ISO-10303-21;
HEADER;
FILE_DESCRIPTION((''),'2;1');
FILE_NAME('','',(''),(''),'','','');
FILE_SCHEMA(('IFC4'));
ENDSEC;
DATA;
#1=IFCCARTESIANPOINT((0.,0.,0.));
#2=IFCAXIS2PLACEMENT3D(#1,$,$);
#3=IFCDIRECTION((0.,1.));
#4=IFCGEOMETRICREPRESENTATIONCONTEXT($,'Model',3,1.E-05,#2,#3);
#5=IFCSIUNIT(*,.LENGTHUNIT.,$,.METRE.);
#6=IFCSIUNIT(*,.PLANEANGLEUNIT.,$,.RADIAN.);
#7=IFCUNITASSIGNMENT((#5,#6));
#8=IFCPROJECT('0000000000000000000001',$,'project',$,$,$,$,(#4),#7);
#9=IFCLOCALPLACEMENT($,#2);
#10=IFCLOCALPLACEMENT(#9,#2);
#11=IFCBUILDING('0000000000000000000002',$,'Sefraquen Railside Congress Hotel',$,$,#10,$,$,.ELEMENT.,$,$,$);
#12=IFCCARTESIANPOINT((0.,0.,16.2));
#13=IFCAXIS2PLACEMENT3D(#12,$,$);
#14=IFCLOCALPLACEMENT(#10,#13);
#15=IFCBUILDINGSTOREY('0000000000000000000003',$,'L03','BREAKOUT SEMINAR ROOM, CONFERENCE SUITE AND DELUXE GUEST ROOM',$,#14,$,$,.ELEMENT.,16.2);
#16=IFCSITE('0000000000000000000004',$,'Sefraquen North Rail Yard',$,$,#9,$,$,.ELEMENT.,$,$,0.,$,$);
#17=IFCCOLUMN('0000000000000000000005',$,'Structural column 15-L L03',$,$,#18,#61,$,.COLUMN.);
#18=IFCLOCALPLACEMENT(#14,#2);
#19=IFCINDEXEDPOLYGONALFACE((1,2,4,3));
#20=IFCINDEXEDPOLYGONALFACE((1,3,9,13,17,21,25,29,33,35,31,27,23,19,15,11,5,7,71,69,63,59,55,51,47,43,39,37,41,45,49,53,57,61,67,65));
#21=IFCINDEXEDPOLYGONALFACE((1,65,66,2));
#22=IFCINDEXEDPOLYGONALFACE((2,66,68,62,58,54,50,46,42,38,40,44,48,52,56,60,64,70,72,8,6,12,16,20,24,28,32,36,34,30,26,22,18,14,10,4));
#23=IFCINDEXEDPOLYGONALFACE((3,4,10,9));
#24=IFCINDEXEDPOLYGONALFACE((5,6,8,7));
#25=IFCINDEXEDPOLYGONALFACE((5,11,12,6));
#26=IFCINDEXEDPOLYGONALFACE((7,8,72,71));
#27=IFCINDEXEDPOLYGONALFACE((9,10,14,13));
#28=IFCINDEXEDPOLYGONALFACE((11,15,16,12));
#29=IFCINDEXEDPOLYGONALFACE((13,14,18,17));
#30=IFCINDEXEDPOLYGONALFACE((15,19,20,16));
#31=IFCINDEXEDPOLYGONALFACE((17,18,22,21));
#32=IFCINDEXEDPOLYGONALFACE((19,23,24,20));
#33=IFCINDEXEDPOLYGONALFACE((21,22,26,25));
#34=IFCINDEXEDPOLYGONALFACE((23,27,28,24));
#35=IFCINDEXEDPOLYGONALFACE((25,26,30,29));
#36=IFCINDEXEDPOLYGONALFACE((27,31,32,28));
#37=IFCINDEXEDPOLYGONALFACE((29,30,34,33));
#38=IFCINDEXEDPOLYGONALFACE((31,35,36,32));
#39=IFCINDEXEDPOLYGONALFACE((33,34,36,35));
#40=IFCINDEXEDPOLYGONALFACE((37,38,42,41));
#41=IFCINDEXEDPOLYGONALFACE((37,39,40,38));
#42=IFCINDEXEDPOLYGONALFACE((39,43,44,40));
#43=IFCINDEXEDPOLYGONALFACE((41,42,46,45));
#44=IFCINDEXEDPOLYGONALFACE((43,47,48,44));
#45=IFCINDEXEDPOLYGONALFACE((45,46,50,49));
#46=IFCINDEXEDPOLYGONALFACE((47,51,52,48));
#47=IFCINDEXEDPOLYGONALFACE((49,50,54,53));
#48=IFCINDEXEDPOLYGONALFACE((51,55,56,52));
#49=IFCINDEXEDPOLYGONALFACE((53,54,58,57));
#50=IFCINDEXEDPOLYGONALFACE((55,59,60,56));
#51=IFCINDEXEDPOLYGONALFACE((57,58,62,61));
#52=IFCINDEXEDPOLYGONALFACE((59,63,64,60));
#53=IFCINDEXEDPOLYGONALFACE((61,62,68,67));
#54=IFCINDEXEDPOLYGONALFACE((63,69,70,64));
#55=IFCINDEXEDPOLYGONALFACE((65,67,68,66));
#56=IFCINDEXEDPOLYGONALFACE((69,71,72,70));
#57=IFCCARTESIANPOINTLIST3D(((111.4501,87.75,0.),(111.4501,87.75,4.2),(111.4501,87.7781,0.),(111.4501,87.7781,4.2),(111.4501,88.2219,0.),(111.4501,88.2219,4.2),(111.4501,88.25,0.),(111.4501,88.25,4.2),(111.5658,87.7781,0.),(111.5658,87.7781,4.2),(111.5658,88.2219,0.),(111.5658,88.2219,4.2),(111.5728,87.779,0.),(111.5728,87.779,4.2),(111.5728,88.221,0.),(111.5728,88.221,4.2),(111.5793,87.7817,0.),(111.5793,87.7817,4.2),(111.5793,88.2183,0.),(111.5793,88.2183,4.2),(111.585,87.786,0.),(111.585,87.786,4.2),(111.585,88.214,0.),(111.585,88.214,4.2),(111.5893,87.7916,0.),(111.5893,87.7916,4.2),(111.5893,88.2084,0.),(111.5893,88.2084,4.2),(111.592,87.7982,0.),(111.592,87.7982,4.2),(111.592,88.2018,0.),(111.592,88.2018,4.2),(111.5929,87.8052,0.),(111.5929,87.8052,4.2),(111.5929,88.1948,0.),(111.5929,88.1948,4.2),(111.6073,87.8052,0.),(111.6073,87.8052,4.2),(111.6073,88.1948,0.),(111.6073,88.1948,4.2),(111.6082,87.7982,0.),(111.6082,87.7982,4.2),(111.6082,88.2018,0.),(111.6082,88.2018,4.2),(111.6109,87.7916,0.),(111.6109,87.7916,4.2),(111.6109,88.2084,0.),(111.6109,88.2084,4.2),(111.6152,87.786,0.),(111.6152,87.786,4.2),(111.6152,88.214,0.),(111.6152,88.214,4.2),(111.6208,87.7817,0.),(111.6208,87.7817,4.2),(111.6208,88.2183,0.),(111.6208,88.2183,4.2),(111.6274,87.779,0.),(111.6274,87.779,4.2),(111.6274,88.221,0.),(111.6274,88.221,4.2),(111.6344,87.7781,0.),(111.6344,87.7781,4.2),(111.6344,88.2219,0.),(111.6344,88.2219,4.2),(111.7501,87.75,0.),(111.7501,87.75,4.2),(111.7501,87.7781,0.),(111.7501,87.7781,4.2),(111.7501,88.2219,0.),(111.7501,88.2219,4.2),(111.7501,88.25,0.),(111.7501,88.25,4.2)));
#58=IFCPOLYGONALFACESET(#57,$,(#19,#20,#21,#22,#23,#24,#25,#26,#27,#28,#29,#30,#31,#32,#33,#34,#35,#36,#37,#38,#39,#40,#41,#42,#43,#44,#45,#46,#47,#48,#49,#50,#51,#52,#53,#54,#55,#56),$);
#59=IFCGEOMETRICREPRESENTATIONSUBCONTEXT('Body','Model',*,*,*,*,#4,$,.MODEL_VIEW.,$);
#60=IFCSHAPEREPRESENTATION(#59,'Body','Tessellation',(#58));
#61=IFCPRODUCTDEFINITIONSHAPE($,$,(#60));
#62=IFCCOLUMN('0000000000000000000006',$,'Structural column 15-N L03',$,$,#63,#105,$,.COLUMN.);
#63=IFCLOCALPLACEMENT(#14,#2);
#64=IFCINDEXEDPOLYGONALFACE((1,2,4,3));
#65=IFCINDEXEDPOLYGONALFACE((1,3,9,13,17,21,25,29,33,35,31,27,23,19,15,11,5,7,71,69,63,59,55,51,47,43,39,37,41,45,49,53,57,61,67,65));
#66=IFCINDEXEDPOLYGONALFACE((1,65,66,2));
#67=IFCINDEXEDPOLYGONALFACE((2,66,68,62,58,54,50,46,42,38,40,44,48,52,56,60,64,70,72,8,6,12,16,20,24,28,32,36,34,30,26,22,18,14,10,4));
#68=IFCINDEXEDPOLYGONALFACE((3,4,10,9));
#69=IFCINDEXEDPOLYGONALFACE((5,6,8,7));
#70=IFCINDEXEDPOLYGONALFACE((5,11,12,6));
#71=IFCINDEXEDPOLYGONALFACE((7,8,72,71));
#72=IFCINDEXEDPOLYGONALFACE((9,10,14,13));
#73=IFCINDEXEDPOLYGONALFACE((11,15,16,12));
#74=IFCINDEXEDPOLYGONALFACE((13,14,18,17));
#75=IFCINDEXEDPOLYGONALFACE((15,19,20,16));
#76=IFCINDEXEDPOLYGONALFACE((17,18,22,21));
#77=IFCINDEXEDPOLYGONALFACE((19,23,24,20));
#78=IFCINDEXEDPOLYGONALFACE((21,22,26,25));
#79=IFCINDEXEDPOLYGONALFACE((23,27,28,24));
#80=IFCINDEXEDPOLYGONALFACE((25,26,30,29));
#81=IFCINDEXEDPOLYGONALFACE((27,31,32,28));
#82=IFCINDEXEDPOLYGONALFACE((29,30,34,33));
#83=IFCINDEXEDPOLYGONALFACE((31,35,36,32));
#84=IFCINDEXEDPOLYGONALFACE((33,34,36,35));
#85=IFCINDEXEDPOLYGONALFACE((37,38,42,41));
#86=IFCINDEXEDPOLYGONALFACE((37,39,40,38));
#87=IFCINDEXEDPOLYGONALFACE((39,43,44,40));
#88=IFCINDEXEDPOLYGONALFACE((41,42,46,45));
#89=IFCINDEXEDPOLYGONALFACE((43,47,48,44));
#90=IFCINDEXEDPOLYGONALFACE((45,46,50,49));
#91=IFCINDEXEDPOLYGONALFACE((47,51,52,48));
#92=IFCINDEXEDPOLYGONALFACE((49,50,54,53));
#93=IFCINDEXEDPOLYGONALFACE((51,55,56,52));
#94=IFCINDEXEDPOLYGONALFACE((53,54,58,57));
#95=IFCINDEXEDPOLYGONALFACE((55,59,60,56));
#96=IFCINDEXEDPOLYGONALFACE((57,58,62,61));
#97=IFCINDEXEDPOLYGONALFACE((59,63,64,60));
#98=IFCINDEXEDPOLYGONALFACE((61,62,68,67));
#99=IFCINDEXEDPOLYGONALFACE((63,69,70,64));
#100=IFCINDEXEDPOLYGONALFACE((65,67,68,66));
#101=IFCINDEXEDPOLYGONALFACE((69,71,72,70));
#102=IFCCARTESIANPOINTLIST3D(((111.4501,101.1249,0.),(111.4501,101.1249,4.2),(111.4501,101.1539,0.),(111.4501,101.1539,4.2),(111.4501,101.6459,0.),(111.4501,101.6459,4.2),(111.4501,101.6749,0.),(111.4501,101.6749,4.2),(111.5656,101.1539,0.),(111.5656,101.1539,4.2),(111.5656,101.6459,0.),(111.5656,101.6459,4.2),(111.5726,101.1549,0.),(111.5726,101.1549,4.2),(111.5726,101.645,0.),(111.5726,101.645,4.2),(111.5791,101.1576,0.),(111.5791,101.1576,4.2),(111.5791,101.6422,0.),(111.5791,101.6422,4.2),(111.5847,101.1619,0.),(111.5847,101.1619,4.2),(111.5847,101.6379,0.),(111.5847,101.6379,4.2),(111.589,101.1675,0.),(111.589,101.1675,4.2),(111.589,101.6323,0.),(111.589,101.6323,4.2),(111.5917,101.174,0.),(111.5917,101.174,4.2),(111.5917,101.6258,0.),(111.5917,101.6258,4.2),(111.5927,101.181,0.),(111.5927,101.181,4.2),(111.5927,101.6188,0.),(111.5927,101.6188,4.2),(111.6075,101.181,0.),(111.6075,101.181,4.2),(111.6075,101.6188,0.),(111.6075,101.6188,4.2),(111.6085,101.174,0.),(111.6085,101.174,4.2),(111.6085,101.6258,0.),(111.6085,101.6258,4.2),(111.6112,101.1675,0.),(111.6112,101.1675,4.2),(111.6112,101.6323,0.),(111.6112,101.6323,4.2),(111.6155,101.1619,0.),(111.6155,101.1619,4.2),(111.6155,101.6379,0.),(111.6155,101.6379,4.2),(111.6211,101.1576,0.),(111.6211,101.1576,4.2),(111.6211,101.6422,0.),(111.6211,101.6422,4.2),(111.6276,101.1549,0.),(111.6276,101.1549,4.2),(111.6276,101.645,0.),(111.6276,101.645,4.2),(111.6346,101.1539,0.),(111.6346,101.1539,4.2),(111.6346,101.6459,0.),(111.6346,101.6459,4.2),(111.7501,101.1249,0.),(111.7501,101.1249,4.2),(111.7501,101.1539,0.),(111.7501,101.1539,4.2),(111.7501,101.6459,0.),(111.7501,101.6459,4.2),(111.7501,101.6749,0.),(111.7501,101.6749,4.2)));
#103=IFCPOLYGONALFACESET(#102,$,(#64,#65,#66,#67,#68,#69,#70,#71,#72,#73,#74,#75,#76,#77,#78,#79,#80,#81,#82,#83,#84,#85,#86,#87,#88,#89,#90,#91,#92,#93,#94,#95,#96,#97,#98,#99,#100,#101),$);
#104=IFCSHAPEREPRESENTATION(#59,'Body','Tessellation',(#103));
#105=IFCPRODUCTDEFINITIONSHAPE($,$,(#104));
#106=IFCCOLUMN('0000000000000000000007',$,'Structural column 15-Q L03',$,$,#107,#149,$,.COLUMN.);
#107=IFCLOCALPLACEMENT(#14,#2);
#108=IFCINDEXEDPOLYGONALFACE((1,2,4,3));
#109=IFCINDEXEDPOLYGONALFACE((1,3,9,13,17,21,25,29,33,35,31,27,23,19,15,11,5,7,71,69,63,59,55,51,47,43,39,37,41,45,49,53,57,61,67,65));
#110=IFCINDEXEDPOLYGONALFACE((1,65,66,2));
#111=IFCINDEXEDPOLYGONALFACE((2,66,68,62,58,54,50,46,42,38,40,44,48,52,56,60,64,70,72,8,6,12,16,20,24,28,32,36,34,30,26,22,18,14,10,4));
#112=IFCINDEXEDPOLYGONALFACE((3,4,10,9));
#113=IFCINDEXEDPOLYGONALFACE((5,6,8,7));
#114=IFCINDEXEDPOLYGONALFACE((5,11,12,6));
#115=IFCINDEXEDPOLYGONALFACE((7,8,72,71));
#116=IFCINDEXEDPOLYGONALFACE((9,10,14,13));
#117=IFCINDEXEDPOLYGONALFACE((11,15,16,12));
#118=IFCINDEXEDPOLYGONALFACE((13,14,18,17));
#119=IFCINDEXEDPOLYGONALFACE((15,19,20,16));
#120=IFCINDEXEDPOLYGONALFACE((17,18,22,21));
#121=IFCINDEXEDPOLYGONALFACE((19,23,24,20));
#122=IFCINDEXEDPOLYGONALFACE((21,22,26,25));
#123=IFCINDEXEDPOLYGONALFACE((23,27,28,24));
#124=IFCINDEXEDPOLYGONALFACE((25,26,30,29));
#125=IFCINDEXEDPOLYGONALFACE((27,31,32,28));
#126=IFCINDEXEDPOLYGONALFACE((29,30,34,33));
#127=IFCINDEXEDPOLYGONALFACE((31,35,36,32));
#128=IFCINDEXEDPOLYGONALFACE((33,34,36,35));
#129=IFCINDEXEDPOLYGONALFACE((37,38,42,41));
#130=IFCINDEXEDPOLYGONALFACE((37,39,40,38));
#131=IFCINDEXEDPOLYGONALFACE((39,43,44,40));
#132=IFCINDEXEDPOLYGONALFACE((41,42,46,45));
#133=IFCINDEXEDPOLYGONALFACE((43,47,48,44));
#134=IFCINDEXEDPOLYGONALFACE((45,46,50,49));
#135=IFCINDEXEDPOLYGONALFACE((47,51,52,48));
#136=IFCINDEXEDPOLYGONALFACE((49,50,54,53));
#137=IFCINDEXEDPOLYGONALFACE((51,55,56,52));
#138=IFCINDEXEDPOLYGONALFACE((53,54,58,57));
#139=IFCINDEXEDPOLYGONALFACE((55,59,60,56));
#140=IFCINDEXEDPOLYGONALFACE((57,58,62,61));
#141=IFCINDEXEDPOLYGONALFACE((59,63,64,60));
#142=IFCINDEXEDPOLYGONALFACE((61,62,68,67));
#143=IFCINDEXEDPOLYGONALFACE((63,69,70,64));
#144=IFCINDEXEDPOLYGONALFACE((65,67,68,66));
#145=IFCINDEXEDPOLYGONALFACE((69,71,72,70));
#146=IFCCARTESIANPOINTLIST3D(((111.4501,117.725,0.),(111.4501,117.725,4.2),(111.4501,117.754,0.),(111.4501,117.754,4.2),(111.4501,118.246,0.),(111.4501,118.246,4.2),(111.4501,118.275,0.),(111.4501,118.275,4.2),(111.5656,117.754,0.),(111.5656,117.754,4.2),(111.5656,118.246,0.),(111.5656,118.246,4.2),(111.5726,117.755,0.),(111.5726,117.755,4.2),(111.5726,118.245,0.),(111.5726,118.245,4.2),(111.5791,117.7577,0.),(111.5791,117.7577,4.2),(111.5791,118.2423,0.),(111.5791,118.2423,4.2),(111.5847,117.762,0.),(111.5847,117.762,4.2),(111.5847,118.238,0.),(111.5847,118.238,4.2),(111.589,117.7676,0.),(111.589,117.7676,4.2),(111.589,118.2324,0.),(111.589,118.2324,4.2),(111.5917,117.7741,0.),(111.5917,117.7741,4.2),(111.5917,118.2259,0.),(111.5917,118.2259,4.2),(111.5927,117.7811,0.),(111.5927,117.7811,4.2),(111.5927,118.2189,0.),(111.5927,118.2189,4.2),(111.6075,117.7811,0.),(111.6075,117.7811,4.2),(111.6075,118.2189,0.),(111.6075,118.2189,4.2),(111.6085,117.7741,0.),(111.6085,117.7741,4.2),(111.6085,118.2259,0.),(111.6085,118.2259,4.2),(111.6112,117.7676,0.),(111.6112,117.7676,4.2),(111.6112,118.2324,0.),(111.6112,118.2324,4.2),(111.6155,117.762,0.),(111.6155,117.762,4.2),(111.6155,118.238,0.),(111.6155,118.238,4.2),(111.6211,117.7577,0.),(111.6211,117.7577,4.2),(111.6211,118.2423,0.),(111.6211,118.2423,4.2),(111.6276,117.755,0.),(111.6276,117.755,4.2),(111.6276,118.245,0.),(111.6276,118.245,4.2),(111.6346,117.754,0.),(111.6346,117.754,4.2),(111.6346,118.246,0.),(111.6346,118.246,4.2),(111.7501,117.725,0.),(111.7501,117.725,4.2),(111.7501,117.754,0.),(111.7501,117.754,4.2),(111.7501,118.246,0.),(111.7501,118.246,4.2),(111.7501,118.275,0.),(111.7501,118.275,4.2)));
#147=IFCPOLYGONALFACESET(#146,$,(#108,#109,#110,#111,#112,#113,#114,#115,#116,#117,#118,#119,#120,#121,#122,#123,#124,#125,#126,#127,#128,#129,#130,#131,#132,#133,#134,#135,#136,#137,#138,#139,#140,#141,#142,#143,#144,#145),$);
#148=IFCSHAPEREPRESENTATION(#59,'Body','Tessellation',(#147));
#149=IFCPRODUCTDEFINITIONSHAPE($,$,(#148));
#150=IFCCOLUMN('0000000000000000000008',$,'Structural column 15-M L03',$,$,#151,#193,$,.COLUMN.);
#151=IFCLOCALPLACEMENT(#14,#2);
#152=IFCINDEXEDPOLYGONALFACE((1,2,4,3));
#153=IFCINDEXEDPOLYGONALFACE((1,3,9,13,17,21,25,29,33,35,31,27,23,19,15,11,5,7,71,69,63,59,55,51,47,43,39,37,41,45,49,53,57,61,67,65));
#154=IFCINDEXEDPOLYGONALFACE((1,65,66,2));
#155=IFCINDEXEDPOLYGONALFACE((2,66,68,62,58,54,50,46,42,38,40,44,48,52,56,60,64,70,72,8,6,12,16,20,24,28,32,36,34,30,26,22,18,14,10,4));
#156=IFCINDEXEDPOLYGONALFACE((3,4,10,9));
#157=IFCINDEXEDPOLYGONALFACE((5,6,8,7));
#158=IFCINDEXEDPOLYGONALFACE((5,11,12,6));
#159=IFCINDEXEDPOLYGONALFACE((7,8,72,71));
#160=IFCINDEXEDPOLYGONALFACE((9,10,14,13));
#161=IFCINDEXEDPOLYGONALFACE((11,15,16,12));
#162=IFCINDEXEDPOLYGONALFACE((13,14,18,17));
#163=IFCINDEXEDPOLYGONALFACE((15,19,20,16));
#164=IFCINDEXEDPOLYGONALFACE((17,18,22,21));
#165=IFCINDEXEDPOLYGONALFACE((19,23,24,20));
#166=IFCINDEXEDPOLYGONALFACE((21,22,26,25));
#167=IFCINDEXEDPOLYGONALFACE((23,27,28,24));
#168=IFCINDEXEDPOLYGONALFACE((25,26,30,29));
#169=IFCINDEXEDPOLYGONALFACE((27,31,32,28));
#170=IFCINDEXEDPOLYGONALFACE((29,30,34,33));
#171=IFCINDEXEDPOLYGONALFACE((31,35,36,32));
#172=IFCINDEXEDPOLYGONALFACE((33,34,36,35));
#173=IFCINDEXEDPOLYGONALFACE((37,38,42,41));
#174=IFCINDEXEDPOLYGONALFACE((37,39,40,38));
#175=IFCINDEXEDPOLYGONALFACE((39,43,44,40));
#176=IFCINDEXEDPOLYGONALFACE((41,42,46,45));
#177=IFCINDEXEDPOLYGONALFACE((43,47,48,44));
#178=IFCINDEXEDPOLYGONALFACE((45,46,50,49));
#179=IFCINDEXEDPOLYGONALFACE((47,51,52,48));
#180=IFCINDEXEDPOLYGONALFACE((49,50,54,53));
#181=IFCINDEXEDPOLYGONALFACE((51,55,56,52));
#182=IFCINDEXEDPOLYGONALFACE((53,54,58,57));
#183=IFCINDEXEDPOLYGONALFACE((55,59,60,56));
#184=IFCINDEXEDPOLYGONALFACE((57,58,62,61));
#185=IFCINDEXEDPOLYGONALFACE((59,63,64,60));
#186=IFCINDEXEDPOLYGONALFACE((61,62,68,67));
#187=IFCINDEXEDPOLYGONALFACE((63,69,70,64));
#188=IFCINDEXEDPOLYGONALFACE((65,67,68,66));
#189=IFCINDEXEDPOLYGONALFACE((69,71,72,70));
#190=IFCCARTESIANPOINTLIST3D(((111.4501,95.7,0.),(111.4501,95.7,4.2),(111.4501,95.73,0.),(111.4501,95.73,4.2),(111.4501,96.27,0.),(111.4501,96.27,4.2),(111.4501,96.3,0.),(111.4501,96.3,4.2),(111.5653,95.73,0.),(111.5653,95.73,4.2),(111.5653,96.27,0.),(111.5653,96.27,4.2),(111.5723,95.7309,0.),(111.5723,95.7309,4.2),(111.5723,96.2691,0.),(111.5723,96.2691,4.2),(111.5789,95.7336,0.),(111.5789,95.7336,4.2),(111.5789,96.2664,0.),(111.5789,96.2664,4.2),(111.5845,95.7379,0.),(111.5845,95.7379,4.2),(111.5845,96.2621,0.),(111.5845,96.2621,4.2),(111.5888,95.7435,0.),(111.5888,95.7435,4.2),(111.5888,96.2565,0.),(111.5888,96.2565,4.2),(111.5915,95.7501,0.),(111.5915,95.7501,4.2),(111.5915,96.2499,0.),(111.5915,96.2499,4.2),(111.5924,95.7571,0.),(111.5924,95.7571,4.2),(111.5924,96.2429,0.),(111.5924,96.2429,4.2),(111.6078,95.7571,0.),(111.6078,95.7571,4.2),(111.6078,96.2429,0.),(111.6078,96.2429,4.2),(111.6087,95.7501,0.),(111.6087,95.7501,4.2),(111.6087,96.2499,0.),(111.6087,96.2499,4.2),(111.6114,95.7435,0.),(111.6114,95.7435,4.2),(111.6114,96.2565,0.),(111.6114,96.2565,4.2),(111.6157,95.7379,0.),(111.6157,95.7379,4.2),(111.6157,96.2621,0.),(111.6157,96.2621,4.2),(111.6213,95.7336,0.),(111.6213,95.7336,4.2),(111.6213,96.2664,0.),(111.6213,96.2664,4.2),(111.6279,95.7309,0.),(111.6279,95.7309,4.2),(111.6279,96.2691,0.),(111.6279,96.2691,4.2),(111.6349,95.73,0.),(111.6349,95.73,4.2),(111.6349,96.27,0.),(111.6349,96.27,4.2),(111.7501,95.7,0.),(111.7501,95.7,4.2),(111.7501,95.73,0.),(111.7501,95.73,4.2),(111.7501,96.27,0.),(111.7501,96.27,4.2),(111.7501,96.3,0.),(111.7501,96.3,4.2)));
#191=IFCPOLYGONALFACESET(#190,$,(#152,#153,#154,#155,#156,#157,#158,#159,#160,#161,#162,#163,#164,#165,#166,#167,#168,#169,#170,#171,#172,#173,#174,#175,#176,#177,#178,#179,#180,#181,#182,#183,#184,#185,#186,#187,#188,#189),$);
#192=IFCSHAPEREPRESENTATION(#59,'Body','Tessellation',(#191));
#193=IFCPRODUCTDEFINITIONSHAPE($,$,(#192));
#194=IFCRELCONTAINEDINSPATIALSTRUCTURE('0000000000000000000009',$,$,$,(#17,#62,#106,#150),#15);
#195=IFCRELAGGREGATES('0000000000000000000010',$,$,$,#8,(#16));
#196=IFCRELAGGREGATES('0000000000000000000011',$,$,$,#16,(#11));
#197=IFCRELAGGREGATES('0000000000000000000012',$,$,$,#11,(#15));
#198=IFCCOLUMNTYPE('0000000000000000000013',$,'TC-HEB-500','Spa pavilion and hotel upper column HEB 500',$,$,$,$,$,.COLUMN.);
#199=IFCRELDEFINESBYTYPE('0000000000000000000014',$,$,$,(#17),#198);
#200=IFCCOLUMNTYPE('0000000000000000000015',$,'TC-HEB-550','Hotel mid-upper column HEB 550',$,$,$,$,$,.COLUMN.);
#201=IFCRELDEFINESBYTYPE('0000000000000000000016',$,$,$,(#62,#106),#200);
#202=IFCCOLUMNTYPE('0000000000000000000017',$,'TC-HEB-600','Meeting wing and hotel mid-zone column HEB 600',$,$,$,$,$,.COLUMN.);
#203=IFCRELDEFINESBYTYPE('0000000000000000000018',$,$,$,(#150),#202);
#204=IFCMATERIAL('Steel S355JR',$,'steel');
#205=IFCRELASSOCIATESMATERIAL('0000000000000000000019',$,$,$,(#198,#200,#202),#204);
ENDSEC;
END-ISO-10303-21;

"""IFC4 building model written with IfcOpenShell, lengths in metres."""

from ifc_helpers import new_model, si_unit, direction, frame, origin, origin_2d, place, context, subcontext, project, spatial, i_section, extrude, material, material_profile, profile_set, type_object, element, save


model = new_model("IFC4")

# Units and contexts
model_context = context("Model", 3, precision=1e-05, world=origin(), true_north=direction((0.0, 1.0)))
body_context = subcontext(model_context, "Body", "Model", "MODEL_VIEW")
ifc_project = project(units=[si_unit("LENGTHUNIT", "METRE"), si_unit("PLANEANGLEUNIT", "RADIAN")], contexts=[model_context])

# Site, building, storey
site_placement = place(None, origin())
site = spatial("IfcSite", under=ifc_project, at=site_placement, Name="Sefraquen North Rail Yard", CompositionType="ELEMENT", RefElevation=0.0)
building_placement = place(site_placement, origin())
building = spatial("IfcBuilding", under=site, at=building_placement, Name="Sefraquen Railside Congress Hotel", CompositionType="ELEMENT")
storey_placement = place(building_placement, frame((0.0, 0.0, 16.2)))
storey = spatial("IfcBuildingStorey", under=building, at=storey_placement, Name="L03", Description="BREAKOUT SEMINAR ROOM, CONFERENCE SUITE AND DELUXE GUEST ROOM", CompositionType="ELEMENT", Elevation=16.2)

# Columns
ifc_material_1 = material(Name="Steel S355JR", Category="steel")
ifc_material_profile_1 = material_profile(ifc_material_1, i_section(OverallWidth=0.3, OverallDepth=0.5, WebThickness=0.0144, FlangeThickness=0.0281, FilletRadius=0.0271, at=origin_2d()), Name="HEB 500")
ifc_profile_set_1 = profile_set([ifc_material_profile_1], Name="Steel S355JR")
column_type_1 = type_object("IfcColumnType", Name="TC-HEB-500", Description="Spa pavilion and hotel upper column HEB 500", PredefinedType="COLUMN", material=ifc_profile_set_1)
column_placement = place(storey_placement, frame((111.6001, 88.0, 0.0), z_axis=(0.0, 0.0, 1.0), x_axis=(1.0, 0.0, 0.0)))
element("IfcColumn", 1, at=column_placement, inside=storey, type_object=column_type_1, Name="Structural column 15-L L03", PredefinedType="COLUMN", context=body_context, shape_type="SweptSolid", body=[
    extrude(i_section(OverallWidth=0.3, OverallDepth=0.5, WebThickness=0.0144, FlangeThickness=0.0281, FilletRadius=0.0271, at=origin_2d()), origin(), (0.0, 0.0, 1.0), 4.2),
])
ifc_material_profile_2 = material_profile(ifc_material_1, i_section(OverallWidth=0.3, OverallDepth=0.55, WebThickness=0.0149, FlangeThickness=0.0291, FilletRadius=0.0271, at=origin_2d()), Name="HEB 550")
ifc_profile_set_2 = profile_set([ifc_material_profile_2], Name="Steel S355JR")
column_type_2 = type_object("IfcColumnType", Name="TC-HEB-550", Description="Hotel mid-upper column HEB 550", PredefinedType="COLUMN", material=ifc_profile_set_2)
for number, where, z_axis, x_axis, name in (
    (2, (111.6001, 101.3999, 0.0), (0.0, 0.0, 1.0), (1.0, 0.0, 0.0), "Structural column 15-N L03"),
    (3, (111.6001, 118.0, 0.0), (0.0, 0.0, 1.0), (1.0, 0.0, 0.0), "Structural column 15-Q L03"),
):
    element("IfcColumn", number, at=place(storey_placement, frame(where, z_axis=z_axis, x_axis=x_axis)), inside=storey, type_object=column_type_2, Name=name, PredefinedType="COLUMN", context=body_context, shape_type="SweptSolid", body=[
        extrude(i_section(OverallWidth=0.3, OverallDepth=0.55, WebThickness=0.0149, FlangeThickness=0.0291, FilletRadius=0.0271, at=origin_2d()), origin(), (0.0, 0.0, 1.0), 4.2),
    ])
ifc_material_profile_3 = material_profile(ifc_material_1, i_section(OverallWidth=0.3, OverallDepth=0.6001, WebThickness=0.0154, FlangeThickness=0.03, FilletRadius=0.0271, at=origin_2d()), Name="HEB 600")
ifc_profile_set_3 = profile_set([ifc_material_profile_3], Name="Steel S355JR")
column_type_3 = type_object("IfcColumnType", Name="TC-HEB-600", Description="Meeting wing and hotel mid-zone column HEB 600", PredefinedType="COLUMN", material=ifc_profile_set_3)
for number, where, z_axis, x_axis, name in (
    (4, (111.6001, 96.0, 0.0), (0.0, 0.0, 1.0), (1.0, 0.0, 0.0), "Structural column 15-M L03"),
):
    element("IfcColumn", number, at=place(storey_placement, frame(where, z_axis=z_axis, x_axis=x_axis)), inside=storey, type_object=column_type_3, Name=name, PredefinedType="COLUMN", context=body_context, shape_type="SweptSolid", body=[
        extrude(i_section(OverallWidth=0.3, OverallDepth=0.6001, WebThickness=0.0154, FlangeThickness=0.03, FilletRadius=0.0271, at=origin_2d()), origin(), (0.0, 0.0, 1.0), 4.2),
    ])

save(model, "model.ifc")
